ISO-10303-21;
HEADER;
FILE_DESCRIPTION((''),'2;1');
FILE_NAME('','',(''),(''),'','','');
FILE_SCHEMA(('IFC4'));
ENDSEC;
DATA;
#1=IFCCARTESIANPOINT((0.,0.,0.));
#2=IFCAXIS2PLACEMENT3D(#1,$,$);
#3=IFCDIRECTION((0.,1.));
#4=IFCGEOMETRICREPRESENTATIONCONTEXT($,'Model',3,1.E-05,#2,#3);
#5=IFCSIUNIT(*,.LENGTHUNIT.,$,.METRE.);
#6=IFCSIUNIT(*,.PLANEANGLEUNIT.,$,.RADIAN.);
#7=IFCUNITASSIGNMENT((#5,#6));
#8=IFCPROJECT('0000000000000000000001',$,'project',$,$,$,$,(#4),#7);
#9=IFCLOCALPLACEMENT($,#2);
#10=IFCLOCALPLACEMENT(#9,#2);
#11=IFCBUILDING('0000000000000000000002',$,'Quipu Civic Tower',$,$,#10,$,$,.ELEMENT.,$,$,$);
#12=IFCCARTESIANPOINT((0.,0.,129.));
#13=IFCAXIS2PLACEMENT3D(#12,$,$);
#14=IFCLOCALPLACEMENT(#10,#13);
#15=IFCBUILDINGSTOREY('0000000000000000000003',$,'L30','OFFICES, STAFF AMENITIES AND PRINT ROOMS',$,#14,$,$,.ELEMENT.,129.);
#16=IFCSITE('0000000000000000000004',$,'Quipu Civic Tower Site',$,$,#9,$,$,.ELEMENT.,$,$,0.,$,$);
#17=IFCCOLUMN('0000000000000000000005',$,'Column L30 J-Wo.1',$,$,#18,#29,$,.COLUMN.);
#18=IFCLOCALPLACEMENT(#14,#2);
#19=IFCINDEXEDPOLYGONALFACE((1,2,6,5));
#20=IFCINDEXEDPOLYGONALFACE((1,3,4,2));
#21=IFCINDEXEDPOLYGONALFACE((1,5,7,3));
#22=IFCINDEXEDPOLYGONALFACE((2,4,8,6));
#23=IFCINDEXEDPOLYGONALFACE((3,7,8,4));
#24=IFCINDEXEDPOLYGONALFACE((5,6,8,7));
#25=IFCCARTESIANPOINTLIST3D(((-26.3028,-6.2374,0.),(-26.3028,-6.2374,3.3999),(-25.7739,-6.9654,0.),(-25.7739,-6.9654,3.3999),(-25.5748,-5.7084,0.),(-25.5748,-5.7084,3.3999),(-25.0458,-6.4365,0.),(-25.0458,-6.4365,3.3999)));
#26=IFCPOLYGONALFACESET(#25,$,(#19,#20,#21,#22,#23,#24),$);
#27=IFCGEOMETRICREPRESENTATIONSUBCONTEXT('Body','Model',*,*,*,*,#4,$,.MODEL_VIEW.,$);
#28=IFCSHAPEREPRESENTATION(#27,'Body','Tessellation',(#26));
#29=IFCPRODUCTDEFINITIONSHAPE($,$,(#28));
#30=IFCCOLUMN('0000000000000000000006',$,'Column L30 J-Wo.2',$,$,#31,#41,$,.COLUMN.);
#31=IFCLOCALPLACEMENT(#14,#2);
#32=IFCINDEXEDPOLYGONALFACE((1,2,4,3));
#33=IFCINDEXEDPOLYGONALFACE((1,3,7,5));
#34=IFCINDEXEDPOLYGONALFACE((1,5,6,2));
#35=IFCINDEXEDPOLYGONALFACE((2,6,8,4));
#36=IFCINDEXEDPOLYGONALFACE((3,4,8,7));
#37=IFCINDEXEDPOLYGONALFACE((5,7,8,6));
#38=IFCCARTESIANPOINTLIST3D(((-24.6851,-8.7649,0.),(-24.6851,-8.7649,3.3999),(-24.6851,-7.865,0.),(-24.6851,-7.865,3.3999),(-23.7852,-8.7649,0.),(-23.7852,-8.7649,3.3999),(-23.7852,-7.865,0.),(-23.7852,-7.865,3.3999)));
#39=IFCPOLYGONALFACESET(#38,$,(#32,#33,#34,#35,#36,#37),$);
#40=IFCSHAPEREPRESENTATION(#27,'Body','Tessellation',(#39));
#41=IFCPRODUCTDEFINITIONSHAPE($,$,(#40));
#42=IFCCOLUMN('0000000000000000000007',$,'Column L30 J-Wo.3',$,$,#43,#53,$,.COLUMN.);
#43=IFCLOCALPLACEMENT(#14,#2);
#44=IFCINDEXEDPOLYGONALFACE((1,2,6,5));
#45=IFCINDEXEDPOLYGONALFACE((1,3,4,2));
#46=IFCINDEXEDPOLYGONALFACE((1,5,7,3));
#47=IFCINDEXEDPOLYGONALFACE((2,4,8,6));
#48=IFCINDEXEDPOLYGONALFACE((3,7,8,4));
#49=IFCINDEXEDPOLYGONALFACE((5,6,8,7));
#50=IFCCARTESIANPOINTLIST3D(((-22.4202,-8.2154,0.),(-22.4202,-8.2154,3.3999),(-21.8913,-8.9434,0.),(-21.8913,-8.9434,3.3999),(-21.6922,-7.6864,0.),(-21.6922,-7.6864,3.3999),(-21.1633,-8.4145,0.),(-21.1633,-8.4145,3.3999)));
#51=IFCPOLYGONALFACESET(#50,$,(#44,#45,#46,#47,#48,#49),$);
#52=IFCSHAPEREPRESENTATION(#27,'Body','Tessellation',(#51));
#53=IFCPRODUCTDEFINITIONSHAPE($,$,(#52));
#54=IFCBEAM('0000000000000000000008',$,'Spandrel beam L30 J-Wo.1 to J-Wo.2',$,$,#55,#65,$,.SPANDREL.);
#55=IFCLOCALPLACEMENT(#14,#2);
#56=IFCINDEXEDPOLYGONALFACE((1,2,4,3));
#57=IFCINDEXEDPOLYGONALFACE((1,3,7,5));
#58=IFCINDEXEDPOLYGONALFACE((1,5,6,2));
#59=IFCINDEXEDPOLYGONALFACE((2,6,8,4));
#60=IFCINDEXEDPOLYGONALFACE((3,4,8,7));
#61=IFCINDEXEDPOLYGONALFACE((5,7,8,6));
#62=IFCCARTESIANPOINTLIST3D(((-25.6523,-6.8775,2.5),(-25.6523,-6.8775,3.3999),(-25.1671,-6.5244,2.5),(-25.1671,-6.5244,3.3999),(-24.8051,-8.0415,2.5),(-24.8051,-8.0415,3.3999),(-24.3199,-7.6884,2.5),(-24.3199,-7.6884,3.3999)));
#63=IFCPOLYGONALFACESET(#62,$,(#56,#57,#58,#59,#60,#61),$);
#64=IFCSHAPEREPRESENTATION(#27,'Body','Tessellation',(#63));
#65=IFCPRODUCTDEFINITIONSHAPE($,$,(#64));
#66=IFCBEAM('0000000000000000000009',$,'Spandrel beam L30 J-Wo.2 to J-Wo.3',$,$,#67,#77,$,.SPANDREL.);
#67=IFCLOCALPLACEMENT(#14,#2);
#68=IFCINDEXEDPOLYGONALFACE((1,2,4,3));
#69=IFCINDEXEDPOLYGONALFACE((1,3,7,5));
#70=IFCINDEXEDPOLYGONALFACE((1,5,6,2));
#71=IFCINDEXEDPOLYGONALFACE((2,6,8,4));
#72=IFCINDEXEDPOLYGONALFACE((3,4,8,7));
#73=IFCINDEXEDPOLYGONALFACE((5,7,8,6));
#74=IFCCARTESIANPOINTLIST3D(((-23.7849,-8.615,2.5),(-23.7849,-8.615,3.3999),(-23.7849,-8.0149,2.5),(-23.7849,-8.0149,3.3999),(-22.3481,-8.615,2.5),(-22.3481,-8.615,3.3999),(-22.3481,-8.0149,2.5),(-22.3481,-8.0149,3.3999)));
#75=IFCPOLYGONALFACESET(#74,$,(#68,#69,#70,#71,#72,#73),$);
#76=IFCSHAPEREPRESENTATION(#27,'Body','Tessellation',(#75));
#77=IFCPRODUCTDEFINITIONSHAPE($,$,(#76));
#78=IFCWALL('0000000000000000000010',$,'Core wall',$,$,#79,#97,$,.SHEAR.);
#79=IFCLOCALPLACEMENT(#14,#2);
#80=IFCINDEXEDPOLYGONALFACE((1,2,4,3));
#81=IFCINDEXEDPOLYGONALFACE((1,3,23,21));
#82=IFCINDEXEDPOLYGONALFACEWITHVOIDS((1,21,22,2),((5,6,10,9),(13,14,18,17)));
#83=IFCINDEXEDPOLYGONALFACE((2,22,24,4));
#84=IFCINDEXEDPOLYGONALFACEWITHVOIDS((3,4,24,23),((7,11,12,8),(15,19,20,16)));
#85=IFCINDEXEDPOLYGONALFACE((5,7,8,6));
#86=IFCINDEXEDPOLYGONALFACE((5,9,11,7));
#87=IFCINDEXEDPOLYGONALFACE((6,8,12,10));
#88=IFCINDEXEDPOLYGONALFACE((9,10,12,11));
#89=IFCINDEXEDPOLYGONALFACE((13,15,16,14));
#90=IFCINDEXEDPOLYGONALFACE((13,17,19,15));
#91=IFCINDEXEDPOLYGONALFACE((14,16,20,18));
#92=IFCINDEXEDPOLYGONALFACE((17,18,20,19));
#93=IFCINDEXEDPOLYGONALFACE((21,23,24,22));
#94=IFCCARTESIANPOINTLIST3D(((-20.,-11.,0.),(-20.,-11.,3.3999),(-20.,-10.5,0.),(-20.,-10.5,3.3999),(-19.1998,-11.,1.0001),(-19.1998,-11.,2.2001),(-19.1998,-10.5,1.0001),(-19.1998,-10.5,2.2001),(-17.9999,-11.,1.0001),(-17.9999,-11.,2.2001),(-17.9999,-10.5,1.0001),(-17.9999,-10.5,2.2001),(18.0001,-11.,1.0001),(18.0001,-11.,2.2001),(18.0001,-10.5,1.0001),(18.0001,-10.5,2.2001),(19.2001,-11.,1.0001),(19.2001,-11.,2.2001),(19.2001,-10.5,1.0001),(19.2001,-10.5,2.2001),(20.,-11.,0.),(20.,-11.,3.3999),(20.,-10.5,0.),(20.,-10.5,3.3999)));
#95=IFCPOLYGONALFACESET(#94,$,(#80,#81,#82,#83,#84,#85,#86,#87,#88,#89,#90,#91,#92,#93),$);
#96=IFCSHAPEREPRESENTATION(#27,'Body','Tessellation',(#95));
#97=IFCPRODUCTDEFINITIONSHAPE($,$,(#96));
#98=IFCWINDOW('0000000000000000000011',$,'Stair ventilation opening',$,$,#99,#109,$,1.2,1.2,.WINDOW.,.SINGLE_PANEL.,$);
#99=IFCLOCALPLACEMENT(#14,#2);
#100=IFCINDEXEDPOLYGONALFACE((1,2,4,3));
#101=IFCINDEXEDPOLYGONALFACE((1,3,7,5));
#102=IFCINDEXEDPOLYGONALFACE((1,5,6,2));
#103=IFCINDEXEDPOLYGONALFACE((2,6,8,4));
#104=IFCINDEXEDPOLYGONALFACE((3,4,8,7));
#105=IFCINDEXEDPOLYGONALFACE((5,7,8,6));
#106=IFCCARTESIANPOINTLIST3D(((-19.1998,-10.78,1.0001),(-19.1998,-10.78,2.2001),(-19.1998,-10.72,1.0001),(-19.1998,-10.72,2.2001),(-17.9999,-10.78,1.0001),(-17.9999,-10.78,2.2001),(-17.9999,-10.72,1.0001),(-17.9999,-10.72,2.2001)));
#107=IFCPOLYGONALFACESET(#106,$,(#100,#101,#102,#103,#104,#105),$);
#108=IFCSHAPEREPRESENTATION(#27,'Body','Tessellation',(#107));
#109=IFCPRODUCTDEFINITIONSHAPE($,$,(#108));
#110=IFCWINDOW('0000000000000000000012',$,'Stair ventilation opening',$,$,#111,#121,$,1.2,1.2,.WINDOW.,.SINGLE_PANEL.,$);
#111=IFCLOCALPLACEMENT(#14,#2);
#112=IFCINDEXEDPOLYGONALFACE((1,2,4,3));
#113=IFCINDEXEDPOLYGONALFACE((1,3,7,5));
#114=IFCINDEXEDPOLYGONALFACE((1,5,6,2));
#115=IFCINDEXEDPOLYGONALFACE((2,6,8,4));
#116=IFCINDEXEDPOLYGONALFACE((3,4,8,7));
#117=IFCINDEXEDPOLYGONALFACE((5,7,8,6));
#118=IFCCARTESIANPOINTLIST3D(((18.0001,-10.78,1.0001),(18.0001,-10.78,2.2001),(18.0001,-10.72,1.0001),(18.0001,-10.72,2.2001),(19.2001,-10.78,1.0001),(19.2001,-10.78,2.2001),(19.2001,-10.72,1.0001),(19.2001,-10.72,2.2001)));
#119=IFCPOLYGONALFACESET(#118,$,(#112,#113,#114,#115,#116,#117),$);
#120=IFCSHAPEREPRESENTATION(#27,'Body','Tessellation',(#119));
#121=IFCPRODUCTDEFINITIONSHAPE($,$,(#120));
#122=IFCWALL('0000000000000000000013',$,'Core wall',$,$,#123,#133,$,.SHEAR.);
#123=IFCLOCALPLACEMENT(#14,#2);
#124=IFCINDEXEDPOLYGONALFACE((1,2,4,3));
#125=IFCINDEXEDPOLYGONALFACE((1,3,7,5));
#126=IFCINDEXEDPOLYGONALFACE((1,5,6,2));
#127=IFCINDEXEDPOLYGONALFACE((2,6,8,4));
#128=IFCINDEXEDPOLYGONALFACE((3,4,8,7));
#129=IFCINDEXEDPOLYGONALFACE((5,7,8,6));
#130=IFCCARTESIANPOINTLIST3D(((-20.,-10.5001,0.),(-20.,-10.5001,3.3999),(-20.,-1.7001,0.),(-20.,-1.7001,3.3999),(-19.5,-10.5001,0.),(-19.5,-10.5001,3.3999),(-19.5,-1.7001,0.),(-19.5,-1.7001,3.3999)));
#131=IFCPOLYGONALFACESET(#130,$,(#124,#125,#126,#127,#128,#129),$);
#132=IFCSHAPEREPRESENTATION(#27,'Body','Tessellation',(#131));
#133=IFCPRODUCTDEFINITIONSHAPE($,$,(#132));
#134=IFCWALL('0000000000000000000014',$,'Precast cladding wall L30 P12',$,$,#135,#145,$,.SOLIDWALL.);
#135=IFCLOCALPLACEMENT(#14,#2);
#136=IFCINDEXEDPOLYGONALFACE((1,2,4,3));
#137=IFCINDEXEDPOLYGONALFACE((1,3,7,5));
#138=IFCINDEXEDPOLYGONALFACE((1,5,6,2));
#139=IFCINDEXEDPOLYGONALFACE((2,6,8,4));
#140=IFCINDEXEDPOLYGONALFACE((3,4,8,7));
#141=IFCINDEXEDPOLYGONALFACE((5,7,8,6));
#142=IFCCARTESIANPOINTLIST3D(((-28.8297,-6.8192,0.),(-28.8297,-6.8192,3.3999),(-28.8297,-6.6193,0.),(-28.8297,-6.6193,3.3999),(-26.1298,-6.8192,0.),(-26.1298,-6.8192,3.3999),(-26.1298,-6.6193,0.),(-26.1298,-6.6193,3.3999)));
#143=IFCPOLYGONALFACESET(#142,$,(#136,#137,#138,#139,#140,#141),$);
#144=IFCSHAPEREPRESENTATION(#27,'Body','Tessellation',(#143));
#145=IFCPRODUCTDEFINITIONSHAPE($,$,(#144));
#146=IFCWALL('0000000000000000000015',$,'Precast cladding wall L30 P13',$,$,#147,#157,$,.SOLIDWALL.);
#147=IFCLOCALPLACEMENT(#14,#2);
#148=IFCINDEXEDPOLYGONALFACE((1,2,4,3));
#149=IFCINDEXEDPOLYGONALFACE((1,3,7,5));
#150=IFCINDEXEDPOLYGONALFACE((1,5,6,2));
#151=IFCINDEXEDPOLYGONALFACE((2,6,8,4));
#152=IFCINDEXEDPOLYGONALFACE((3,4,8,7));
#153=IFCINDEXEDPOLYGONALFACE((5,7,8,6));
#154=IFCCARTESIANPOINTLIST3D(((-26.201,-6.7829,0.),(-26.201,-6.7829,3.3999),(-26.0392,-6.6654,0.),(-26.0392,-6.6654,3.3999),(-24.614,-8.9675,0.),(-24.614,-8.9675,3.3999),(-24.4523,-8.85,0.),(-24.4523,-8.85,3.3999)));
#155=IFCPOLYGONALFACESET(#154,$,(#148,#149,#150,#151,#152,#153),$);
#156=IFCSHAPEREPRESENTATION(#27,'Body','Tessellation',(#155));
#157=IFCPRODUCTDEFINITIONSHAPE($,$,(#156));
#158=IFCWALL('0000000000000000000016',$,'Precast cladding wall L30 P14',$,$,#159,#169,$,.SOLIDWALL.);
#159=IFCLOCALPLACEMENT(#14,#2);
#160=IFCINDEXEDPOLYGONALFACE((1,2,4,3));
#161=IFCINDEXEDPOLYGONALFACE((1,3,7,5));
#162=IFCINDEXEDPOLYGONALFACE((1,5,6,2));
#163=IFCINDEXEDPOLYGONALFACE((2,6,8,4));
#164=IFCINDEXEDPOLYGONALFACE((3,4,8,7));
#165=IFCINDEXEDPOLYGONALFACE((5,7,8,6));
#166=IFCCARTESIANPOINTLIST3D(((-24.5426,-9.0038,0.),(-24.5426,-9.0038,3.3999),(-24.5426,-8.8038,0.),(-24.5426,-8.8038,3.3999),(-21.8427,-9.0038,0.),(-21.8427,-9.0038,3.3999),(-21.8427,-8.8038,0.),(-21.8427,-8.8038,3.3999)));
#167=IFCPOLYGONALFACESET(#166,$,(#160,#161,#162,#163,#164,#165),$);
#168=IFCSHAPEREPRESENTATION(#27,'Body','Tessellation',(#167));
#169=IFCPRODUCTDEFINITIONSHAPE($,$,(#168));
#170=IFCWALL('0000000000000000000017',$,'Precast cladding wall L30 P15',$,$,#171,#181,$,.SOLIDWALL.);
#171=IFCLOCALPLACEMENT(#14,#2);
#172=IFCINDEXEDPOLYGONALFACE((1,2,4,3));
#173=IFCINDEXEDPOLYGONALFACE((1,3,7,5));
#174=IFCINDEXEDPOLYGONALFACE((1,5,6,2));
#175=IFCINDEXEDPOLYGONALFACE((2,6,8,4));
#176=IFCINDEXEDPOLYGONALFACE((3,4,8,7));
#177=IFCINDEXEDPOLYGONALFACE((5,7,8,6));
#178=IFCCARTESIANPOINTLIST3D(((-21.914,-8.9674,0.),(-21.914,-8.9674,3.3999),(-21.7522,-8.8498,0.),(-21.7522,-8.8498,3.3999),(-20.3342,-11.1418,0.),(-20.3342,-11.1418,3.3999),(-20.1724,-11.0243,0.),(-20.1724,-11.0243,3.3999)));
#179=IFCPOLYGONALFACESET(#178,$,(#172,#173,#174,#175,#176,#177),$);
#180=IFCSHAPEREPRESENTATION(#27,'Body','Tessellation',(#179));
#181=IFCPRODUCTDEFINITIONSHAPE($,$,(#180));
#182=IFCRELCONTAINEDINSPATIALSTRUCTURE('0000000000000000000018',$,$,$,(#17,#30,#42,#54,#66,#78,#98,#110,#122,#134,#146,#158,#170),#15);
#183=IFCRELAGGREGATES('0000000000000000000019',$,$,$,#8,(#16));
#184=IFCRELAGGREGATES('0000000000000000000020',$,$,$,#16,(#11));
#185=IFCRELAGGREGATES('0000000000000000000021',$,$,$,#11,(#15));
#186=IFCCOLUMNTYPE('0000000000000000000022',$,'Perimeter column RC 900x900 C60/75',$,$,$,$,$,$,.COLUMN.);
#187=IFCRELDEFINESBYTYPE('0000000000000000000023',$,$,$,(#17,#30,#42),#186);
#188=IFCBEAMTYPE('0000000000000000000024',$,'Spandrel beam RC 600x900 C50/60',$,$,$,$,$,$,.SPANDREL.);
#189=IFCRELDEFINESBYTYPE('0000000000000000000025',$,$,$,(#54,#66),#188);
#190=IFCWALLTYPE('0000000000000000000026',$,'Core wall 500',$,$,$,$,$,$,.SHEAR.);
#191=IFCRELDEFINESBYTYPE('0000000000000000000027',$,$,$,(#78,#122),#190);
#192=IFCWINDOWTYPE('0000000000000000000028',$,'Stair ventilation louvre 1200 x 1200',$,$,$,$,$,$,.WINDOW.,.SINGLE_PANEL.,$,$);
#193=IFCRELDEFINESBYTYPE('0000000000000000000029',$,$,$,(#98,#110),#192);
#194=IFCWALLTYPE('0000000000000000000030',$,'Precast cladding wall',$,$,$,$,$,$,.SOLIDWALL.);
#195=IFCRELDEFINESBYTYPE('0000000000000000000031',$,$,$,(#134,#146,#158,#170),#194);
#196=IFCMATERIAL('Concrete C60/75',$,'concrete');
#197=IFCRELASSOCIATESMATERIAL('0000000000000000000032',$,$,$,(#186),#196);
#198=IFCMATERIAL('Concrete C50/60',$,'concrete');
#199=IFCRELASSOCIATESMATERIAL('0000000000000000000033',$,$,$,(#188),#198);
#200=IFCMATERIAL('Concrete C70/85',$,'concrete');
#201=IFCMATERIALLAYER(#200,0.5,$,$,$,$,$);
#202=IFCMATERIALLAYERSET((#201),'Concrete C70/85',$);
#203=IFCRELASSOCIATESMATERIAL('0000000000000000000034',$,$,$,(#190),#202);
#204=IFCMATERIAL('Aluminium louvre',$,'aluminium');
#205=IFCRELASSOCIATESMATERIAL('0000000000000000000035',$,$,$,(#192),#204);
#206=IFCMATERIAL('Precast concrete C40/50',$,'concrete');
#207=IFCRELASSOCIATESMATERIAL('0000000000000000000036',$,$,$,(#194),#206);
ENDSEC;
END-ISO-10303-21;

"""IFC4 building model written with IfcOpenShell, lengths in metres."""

from ifc_helpers import new_model, si_unit, direction, frame, frame_2d, origin, origin_2d, place, context, subcontext, project, spatial, rectangle, extrude, material, layer, layer_set, material_profile, profile_set, type_object, element, fill, save


model = new_model("IFC4")

# Units and contexts
model_context = context("Model", 3, precision=1e-05, world=origin(), true_north=direction((0.0, 1.0)))
body_context = subcontext(model_context, "Body", "Model", "MODEL_VIEW")
ifc_project = project(units=[si_unit("LENGTHUNIT", "METRE"), si_unit("PLANEANGLEUNIT", "RADIAN")], contexts=[model_context])

# Site, building, storey
site_placement = place(None, origin())
site = spatial("IfcSite", under=ifc_project, at=site_placement, Name="Quipu Civic Tower Site", CompositionType="ELEMENT", RefElevation=0.0)
building_placement = place(site_placement, origin())
building = spatial("IfcBuilding", under=site, at=building_placement, Name="Quipu Civic Tower", CompositionType="ELEMENT")
storey_placement = place(building_placement, frame((0.0, 0.0, 129.0)))
storey = spatial("IfcBuildingStorey", under=building, at=storey_placement, Name="L30", Description="OFFICES, STAFF AMENITIES AND PRINT ROOMS", CompositionType="ELEMENT", Elevation=129.0)

# Columns
ifc_material_1 = material(Name="Concrete C60/75", Category="concrete")
ifc_material_profile_1 = material_profile(ifc_material_1, rectangle(XDim=0.8999, YDim=0.8999, at=origin_2d()), Name="RC900x900")
ifc_profile_set_1 = profile_set([ifc_material_profile_1], Name="Concrete C60/75")
column_type = type_object("IfcColumnType", Name="Perimeter column RC 900x900 C60/75", PredefinedType="COLUMN", material=ifc_profile_set_1)
for number, where, z_axis, x_axis, name in (
    (1, (-25.6743, -6.3369, 0.0), (0.0, 0.0, 1.0), (0.587785, -0.809017, 0.0), "Column L30 J-Wo.1"),
    (2, (-24.2351, -8.3149, 0.0), (0.0, 0.0, 1.0), (1.0, 0.0, 0.0), "Column L30 J-Wo.2"),
    (3, (-21.7917, -8.3149, 0.0), (0.0, 0.0, 1.0), (0.587785, -0.809017, 0.0), "Column L30 J-Wo.3"),
):
    element("IfcColumn", number, at=place(storey_placement, frame(where, z_axis=z_axis, x_axis=x_axis)), inside=storey, type_object=column_type, Name=name, PredefinedType="COLUMN", context=body_context, shape_type="SweptSolid", body=[
        extrude(rectangle(XDim=0.8999, YDim=0.8999, at=origin_2d()), origin(), (0.0, 0.0, 1.0), 3.3999),
    ])

# Beams
ifc_material_2 = material(Name="Concrete C50/60", Category="concrete")
ifc_material_profile_2 = material_profile(ifc_material_2, rectangle(XDim=0.6001, YDim=0.8999, at=origin_2d()), Name="RC600x900")
ifc_profile_set_2 = profile_set([ifc_material_profile_2], Name="Concrete C50/60")
beam_type = type_object("IfcBeamType", Name="Spandrel beam RC 600x900 C50/60", PredefinedType="SPANDREL", material=ifc_profile_set_2)
beam_1_placement = place(storey_placement, frame((-25.4097, -6.7009, 2.95), z_axis=(0.588434, -0.808545, 0.0), x_axis=(0.808545, 0.588434, 0.0)))
element("IfcBeam", 4, at=beam_1_placement, inside=storey, type_object=beam_type, Name="Spandrel beam L30 J-Wo.1 to J-Wo.2", PredefinedType="SPANDREL", context=body_context, shape_type="SweptSolid", body=[
    extrude(rectangle(XDim=0.6001, YDim=0.8999, at=origin_2d()), origin(), (0.0, 0.0, 1.0), 1.4397),
])
beam_2_placement = place(storey_placement, frame((-23.7849, -8.3149, 2.95), z_axis=(1.0, 0.0, 0.0), x_axis=(0.0, 1.0, 0.0)))
element("IfcBeam", 5, at=beam_2_placement, inside=storey, type_object=beam_type, Name="Spandrel beam L30 J-Wo.2 to J-Wo.3", PredefinedType="SPANDREL", context=body_context, shape_type="SweptSolid", body=[
    extrude(rectangle(XDim=0.6001, YDim=0.8999, at=origin_2d()), origin(), (0.0, 0.0, 1.0), 1.4368),
])

# Wall, openings, windows
ifc_material_3 = material(Name="Concrete C70/85", Category="concrete")
ifc_layer = layer(ifc_material_3, 0.5)
ifc_layer_set = layer_set([ifc_layer], Name="Concrete C70/85")
wall_type_1 = type_object("IfcWallType", Name="Core wall 500", PredefinedType="SHEAR", material=ifc_layer_set)
wall_1_placement = place(storey_placement, frame((-20.0, -10.75, 0.0), z_axis=(0.0, 0.0, 1.0), x_axis=(1.0, 0.0, 0.0)))
wall_1 = element("IfcWall", 6, at=wall_1_placement, inside=storey, type_object=wall_type_1, Name="Core wall", PredefinedType="SHEAR", context=body_context, shape_type="SweptSolid", body=[
    extrude(rectangle(XDim=40.0, YDim=0.5, at=frame_2d((20.0, 0.0))), origin(), (0.0, 0.0, 1.0), 3.3999),
])
opening_1_placement = place(wall_1_placement, frame((0.8, 0.0, 1.0)))
opening_1 = element("IfcOpeningElement", 7, at=opening_1_placement, cuts=wall_1, PredefinedType="OPENING", context=body_context, shape_type="SweptSolid", body=[
    extrude(rectangle(XDim=1.2, YDim=1.2, at=frame_2d((0.6001, 0.6001))), frame((0.0, 0.26, 0.0), z_axis=(0.0, -1.0, 0.0), x_axis=(1.0, 0.0, 0.0)), (0.0, 0.0, 1.0), 0.52),
])
opening_2_placement = place(wall_1_placement, frame((38.0, 0.0, 1.0)))
opening_2 = element("IfcOpeningElement", 8, at=opening_2_placement, cuts=wall_1, PredefinedType="OPENING", context=body_context, shape_type="SweptSolid", body=[
    extrude(rectangle(XDim=1.2, YDim=1.2, at=frame_2d((0.6001, 0.6001))), frame((0.0, 0.26, 0.0), z_axis=(0.0, -1.0, 0.0), x_axis=(1.0, 0.0, 0.0)), (0.0, 0.0, 1.0), 0.52),
])
ifc_material_4 = material(Name="Aluminium louvre", Category="aluminium")
window_type = type_object("IfcWindowType", Name="Stair ventilation louvre 1200 x 1200", PartitioningType="SINGLE_PANEL", PredefinedType="WINDOW", material=ifc_material_4)
window_1_placement = place(opening_1_placement, origin())
window_1 = element("IfcWindow", 9, at=window_1_placement, inside=storey, type_object=window_type, Name="Stair ventilation opening", OverallHeight=1.2, OverallWidth=1.2, PartitioningType="SINGLE_PANEL", PredefinedType="WINDOW", context=body_context, shape_type="SweptSolid", body=[
    extrude(rectangle(XDim=1.2, YDim=1.2, at=frame_2d((0.6001, 0.6001))), frame((0.0, 0.03, 0.0), z_axis=(0.0, -1.0, 0.0), x_axis=(1.0, 0.0, 0.0)), (0.0, 0.0, 1.0), 0.0601),
])
fill(opening_1, window_1)
window_2_placement = place(opening_2_placement, origin())
window_2 = element("IfcWindow", 10, at=window_2_placement, inside=storey, type_object=window_type, Name="Stair ventilation opening", OverallHeight=1.2, OverallWidth=1.2, PartitioningType="SINGLE_PANEL", PredefinedType="WINDOW", context=body_context, shape_type="SweptSolid", body=[
    extrude(rectangle(XDim=1.2, YDim=1.2, at=frame_2d((0.6001, 0.6001))), frame((0.0, 0.03, 0.0), z_axis=(0.0, -1.0, 0.0), x_axis=(1.0, 0.0, 0.0)), (0.0, 0.0, 1.0), 0.0601),
])
fill(opening_2, window_2)

# Walls
wall_2_placement = place(storey_placement, frame((-19.75, -10.5, 0.0), z_axis=(0.0, 0.0, 1.0), x_axis=(0.0, 1.0, 0.0)))
element("IfcWall", 11, at=wall_2_placement, inside=storey, type_object=wall_type_1, Name="Core wall", PredefinedType="SHEAR", context=body_context, shape_type="SweptSolid", body=[
    extrude(rectangle(XDim=8.8, YDim=0.5, at=frame_2d((4.3999, 0.0))), origin(), (0.0, 0.0, 1.0), 3.3999),
])
ifc_material_5 = material(Name="Precast concrete C40/50", Category="concrete")
wall_type_2 = type_object("IfcWallType", Name="Precast cladding wall", PredefinedType="SOLIDWALL", material=ifc_material_5)
wall_3_placement = place(storey_placement, frame((-28.8298, -6.7192, 0.0), z_axis=(0.0, 0.0, 1.0), x_axis=(1.0, 0.0, 0.0)))
element("IfcWall", 12, at=wall_3_placement, inside=storey, type_object=wall_type_2, Name="Precast cladding wall L30 P12", PredefinedType="SOLIDWALL", context=body_context, shape_type="SweptSolid", body=[
    extrude(rectangle(XDim=2.7, YDim=0.2, at=frame_2d((1.3501, 0.0))), origin(), (0.0, 0.0, 1.0), 3.3999),
])
wall_4_placement = place(storey_placement, frame((-26.1201, -6.7241, 0.0), z_axis=(0.0, 0.0, 1.0), x_axis=(0.58772, -0.809064, 0.0)))
element("IfcWall", 13, at=wall_4_placement, inside=storey, type_object=wall_type_2, Name="Precast cladding wall L30 P13", PredefinedType="SOLIDWALL", context=body_context, shape_type="SweptSolid", body=[
    extrude(rectangle(XDim=2.7002, YDim=0.2, at=frame_2d((1.3501, 0.0))), origin(), (0.0, 0.0, 1.0), 3.3999),
])
wall_5_placement = place(storey_placement, frame((-24.5427, -8.9038, 0.0), z_axis=(0.0, 0.0, 1.0), x_axis=(1.0, 0.0, 0.0)))
element("IfcWall", 14, at=wall_5_placement, inside=storey, type_object=wall_type_2, Name="Precast cladding wall L30 P14", PredefinedType="SOLIDWALL", context=body_context, shape_type="SweptSolid", body=[
    extrude(rectangle(XDim=2.7, YDim=0.2, at=frame_2d((1.3501, 0.0))), origin(), (0.0, 0.0, 1.0), 3.3999),
])
wall_6_placement = place(storey_placement, frame((-21.833, -8.9087, 0.0), z_axis=(0.0, 0.0, 1.0), x_axis=(0.587767, -0.809031, 0.0)))
element("IfcWall", 15, at=wall_6_placement, inside=storey, type_object=wall_type_2, Name="Precast cladding wall L30 P15", PredefinedType="SOLIDWALL", context=body_context, shape_type="SweptSolid", body=[
    extrude(rectangle(XDim=2.6877, YDim=0.2, at=frame_2d((1.3438, 0.0))), origin(), (0.0, 0.0, 1.0), 3.3999),
])

save(model, "model.ifc")
